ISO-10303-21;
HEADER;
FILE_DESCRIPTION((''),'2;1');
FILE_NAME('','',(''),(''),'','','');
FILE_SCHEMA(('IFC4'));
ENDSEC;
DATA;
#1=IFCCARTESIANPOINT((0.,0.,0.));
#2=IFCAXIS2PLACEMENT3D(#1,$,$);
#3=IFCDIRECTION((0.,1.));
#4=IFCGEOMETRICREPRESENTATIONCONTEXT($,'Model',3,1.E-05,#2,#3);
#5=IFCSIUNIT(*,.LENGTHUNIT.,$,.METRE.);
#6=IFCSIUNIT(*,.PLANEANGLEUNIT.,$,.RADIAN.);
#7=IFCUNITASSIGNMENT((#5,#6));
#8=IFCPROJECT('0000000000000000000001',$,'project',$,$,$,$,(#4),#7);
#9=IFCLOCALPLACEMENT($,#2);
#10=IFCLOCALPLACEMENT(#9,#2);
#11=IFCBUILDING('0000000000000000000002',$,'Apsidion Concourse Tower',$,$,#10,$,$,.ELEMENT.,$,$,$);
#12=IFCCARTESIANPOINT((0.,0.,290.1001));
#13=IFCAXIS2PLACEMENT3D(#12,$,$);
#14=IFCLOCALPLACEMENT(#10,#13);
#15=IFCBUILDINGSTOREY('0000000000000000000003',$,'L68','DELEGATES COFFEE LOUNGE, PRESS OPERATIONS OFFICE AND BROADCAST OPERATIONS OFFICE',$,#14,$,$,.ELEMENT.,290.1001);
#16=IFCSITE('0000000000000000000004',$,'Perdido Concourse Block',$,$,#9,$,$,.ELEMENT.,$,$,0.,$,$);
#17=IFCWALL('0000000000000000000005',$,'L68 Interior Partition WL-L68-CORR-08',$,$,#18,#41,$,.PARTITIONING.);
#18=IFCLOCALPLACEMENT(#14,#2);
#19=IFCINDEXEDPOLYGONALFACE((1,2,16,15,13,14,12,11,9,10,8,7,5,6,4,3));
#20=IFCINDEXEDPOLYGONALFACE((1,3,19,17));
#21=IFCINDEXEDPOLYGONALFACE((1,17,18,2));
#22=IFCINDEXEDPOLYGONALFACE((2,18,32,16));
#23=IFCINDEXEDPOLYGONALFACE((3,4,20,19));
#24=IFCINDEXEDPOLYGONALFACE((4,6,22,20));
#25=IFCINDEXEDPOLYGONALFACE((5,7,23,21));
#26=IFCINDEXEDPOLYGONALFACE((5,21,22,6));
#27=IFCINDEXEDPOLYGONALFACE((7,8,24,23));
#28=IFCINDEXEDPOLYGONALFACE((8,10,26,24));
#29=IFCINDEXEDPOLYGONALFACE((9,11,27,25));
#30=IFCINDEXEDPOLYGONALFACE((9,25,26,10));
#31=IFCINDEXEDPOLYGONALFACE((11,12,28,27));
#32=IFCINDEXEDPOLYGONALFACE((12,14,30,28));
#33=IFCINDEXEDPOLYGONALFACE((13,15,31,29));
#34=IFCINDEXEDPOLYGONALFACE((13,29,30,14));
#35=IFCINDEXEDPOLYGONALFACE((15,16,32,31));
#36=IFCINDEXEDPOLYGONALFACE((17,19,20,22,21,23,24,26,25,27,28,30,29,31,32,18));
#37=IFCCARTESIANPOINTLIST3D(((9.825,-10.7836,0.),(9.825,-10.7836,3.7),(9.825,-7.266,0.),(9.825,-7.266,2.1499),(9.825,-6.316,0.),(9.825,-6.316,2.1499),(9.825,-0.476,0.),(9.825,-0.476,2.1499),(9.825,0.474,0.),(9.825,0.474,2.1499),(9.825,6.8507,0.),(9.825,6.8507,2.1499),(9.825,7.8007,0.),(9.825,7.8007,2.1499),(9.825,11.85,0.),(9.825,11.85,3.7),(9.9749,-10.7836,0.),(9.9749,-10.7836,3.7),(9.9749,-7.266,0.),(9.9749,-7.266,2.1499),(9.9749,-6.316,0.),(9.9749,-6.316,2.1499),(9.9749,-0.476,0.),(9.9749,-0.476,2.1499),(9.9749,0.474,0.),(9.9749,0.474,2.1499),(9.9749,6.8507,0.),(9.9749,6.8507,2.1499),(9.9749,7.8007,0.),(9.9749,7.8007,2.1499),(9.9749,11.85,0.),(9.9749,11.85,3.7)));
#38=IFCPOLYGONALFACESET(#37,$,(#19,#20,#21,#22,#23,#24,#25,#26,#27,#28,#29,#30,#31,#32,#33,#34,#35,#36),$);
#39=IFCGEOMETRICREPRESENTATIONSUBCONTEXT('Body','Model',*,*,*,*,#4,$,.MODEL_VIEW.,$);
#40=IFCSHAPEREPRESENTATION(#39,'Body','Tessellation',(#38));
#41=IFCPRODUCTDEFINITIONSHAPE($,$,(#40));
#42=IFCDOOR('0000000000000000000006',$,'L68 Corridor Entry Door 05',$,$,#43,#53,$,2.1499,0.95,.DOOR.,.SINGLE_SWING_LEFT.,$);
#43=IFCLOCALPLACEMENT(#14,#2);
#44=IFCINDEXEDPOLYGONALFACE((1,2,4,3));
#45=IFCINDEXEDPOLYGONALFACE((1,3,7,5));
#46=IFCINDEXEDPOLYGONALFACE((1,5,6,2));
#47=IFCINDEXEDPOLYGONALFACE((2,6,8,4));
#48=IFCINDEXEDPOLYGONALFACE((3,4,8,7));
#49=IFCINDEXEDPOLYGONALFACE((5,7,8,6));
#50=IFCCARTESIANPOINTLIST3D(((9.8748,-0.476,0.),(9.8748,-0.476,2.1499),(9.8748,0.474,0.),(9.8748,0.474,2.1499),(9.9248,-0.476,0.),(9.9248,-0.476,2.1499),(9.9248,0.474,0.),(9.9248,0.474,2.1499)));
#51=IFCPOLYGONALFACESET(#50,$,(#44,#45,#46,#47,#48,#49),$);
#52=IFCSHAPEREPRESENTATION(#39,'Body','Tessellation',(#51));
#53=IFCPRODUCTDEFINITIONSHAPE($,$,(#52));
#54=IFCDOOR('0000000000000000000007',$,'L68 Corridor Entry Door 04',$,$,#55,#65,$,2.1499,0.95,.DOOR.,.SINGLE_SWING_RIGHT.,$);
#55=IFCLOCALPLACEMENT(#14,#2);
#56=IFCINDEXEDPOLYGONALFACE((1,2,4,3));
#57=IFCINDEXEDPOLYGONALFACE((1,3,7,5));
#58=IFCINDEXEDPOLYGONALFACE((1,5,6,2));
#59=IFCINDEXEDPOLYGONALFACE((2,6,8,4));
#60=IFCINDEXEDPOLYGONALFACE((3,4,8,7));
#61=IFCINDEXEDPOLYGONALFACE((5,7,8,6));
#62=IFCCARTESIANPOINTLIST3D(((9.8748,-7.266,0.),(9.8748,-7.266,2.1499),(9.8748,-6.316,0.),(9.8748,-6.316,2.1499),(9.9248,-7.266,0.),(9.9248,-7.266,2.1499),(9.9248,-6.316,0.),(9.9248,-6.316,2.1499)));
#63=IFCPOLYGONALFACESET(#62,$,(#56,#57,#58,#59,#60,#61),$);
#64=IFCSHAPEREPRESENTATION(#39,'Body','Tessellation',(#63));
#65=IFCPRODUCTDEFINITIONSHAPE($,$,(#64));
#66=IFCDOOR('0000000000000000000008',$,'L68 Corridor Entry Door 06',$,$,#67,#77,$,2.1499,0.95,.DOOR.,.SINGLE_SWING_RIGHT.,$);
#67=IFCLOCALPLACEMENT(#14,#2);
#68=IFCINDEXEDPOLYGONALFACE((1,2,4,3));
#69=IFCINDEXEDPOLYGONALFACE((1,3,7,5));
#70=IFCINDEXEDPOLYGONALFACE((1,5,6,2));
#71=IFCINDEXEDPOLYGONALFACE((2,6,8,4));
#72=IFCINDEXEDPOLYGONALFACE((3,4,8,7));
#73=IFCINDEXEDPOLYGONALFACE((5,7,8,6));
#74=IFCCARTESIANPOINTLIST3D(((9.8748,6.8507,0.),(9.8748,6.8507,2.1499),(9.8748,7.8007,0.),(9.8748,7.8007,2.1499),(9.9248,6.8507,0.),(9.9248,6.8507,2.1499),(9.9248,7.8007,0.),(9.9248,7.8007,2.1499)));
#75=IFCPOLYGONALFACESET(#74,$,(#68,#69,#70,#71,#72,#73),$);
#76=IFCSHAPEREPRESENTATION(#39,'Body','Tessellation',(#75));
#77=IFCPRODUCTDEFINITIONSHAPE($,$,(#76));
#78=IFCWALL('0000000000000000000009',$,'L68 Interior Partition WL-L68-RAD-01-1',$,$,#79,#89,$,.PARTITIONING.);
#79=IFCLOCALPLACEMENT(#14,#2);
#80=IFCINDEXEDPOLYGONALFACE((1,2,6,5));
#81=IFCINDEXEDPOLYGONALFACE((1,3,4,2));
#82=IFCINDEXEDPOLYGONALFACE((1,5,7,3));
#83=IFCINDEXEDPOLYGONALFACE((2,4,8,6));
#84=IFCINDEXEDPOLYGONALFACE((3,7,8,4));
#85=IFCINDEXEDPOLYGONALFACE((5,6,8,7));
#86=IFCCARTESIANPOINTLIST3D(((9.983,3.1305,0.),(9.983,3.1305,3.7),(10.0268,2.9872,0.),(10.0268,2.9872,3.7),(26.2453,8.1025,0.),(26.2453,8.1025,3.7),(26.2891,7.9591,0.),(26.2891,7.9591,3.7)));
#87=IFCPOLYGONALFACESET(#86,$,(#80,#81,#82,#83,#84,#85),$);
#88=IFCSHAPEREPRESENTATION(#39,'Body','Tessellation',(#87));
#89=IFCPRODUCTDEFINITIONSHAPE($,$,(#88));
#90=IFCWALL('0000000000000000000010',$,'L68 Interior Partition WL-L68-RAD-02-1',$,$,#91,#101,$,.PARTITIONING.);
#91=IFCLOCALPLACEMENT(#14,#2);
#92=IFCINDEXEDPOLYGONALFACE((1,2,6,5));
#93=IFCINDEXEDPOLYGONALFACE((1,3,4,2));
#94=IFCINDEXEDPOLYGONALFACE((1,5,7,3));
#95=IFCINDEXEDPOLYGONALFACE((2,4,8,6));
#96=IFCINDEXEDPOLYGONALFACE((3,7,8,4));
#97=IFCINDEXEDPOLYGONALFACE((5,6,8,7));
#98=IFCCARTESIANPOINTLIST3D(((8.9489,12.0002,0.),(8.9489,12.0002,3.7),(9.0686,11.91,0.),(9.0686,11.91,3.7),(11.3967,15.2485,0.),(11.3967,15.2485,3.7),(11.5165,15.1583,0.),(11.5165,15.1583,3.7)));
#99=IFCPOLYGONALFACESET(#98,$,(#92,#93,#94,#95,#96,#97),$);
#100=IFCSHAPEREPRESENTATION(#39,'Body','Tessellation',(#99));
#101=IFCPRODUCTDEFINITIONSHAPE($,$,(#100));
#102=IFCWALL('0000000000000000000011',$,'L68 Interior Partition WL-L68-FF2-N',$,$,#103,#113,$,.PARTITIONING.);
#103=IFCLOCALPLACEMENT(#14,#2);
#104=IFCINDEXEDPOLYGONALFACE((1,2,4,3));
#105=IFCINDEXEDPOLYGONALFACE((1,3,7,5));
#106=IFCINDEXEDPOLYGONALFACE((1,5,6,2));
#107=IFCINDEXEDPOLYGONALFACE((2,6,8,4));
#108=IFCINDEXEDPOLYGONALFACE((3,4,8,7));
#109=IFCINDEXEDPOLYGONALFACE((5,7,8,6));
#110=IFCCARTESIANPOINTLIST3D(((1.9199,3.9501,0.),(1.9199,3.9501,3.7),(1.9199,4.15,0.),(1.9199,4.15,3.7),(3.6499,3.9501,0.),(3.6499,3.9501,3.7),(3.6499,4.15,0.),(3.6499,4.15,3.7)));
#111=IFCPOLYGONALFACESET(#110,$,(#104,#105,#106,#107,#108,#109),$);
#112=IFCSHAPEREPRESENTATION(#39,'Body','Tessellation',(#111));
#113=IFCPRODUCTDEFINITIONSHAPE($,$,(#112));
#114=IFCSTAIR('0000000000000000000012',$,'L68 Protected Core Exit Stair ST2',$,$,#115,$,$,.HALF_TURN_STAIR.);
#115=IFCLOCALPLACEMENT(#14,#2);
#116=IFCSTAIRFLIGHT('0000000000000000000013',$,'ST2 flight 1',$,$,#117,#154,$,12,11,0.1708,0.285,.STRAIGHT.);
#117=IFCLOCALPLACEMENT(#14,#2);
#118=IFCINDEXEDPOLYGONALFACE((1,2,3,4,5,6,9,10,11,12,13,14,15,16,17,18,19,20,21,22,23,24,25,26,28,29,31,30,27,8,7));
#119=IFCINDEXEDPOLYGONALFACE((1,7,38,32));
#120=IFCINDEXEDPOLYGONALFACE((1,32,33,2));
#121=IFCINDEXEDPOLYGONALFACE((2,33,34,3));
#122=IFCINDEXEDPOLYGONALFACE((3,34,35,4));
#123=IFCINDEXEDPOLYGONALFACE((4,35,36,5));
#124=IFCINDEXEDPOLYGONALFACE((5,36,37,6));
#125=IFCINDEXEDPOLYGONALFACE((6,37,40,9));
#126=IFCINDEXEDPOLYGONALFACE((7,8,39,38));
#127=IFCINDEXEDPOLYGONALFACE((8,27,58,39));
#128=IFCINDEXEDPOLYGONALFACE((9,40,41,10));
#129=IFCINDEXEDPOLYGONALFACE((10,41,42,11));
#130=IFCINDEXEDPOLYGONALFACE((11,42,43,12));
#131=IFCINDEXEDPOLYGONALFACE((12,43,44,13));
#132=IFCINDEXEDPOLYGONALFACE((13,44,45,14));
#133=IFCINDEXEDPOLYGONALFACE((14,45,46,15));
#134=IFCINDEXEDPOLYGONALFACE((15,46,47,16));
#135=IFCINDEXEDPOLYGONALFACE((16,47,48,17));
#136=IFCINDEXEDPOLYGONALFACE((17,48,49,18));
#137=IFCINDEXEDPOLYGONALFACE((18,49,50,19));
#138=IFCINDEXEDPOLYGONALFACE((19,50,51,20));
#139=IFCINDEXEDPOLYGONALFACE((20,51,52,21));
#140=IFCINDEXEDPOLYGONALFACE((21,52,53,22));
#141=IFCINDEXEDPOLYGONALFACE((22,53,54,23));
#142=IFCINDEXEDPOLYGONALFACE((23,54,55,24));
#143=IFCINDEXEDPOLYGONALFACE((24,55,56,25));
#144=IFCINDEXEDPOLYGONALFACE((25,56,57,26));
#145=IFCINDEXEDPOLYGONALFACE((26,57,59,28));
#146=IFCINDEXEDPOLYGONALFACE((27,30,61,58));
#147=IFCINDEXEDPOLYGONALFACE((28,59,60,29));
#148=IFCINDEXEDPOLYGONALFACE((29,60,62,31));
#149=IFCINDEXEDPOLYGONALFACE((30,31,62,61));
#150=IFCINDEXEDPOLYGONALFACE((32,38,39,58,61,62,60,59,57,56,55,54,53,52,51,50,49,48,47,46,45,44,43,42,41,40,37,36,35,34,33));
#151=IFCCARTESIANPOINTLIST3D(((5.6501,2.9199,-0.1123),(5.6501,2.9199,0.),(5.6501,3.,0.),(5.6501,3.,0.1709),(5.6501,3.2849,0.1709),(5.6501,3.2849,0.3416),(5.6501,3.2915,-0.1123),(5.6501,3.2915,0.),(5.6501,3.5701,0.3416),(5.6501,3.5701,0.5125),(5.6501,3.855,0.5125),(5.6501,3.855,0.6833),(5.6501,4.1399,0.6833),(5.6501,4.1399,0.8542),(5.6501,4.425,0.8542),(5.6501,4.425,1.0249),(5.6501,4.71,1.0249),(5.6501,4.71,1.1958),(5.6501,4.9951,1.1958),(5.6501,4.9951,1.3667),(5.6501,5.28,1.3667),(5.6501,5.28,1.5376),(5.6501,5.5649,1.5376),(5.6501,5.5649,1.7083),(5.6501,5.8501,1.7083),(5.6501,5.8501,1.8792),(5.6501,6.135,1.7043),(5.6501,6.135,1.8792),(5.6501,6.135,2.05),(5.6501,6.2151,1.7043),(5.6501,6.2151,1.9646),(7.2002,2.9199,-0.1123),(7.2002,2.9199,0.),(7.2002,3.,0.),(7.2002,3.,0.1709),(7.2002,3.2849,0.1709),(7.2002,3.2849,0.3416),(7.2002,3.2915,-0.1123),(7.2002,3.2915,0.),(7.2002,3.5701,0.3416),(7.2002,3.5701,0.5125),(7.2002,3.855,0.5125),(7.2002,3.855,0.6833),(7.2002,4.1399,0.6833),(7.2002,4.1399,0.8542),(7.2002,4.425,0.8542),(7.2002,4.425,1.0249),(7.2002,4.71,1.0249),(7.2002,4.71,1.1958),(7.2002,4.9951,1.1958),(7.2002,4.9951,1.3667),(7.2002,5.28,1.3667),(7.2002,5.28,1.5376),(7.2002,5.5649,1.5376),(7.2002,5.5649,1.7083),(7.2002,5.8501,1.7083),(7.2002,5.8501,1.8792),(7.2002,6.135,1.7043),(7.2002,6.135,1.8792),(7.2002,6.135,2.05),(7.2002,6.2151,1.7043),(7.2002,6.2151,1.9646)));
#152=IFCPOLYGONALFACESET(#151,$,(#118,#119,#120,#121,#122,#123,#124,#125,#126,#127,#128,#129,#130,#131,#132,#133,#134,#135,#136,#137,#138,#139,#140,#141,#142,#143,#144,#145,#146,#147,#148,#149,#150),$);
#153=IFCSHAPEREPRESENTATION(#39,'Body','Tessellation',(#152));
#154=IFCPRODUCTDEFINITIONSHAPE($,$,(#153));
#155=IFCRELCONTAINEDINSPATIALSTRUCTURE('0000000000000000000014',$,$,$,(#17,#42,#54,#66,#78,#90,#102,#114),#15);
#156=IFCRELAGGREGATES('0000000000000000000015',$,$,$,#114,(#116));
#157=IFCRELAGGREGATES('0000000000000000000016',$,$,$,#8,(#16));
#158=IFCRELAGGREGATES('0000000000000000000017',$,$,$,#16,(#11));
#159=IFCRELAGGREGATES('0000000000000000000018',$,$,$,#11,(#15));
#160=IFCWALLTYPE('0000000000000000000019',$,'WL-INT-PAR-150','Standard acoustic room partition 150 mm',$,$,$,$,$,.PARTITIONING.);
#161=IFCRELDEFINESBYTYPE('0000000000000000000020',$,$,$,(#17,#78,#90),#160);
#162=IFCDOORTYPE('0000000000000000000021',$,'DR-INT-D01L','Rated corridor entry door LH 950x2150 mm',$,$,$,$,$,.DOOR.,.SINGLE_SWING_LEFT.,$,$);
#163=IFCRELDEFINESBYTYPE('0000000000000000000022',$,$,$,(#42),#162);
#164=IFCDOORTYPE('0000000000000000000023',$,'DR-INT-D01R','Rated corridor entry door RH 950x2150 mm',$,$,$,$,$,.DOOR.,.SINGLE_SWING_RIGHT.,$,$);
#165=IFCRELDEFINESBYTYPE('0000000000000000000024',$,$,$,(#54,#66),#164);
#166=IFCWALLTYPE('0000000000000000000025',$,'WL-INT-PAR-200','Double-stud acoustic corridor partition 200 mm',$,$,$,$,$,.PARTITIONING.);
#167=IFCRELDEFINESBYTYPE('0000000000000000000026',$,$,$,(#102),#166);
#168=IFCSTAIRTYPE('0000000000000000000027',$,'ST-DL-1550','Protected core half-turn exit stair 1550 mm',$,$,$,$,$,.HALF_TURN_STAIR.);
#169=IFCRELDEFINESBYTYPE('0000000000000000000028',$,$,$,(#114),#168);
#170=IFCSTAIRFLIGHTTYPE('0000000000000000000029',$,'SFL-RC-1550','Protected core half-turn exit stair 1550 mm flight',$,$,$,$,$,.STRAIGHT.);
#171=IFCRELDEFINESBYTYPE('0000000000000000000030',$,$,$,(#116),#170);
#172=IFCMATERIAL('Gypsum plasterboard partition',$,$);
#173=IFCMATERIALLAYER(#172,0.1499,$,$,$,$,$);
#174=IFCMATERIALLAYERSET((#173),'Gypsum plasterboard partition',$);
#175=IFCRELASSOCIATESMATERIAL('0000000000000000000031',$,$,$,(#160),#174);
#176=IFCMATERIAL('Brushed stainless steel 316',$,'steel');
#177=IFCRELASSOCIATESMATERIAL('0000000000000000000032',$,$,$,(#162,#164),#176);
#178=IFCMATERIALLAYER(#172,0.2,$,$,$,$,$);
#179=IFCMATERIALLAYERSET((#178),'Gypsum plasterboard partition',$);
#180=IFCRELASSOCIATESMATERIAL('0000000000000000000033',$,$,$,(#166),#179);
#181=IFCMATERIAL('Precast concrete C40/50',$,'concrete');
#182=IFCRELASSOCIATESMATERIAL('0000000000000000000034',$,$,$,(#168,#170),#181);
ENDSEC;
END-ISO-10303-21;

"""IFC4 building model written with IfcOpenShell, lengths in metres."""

from ifc_helpers import new_model, si_unit, direction, frame, frame_2d, origin, place, context, subcontext, project, spatial, polyline, rectangle, outline, extrude, material, layer, layer_set, type_object, element, fill, aggregate, save


model = new_model("IFC4")

# Units and contexts
model_context = context("Model", 3, precision=1e-05, world=origin(), true_north=direction((0.0, 1.0)))
body_context = subcontext(model_context, "Body", "Model", "MODEL_VIEW")
ifc_project = project(units=[si_unit("LENGTHUNIT", "METRE"), si_unit("PLANEANGLEUNIT", "RADIAN")], contexts=[model_context])

# Site, building, storey
site_placement = place(None, origin())
site = spatial("IfcSite", under=ifc_project, at=site_placement, Name="Perdido Concourse Block", CompositionType="ELEMENT", RefElevation=0.0)
building_placement = place(site_placement, origin())
building = spatial("IfcBuilding", under=site, at=building_placement, Name="Apsidion Concourse Tower", CompositionType="ELEMENT")
storey_placement = place(building_placement, frame((0.0, 0.0, 290.1001)))
storey = spatial("IfcBuildingStorey", under=building, at=storey_placement, Name="L68", Description="DELEGATES COFFEE LOUNGE, PRESS OPERATIONS OFFICE AND BROADCAST OPERATIONS OFFICE", CompositionType="ELEMENT", Elevation=290.1001)

# Wall, openings, doors
ifc_material_1 = material(Name="Gypsum plasterboard partition")
ifc_layer_1 = layer(ifc_material_1, 0.1499)
ifc_layer_set_1 = layer_set([ifc_layer_1], Name="Gypsum plasterboard partition")
wall_type_1 = type_object("IfcWallType", Name="WL-INT-PAR-150", Description="Standard acoustic room partition 150 mm", PredefinedType="PARTITIONING", material=ifc_layer_set_1)
wall_1_placement = place(storey_placement, frame((9.8999, 11.8501, 0.0), z_axis=(0.0, 0.0, 1.0), x_axis=(0.0, -1.0, 0.0)))
wall_1 = element("IfcWall", 1, at=wall_1_placement, inside=storey, type_object=wall_type_1, Name="L68 Interior Partition WL-L68-CORR-08", PredefinedType="PARTITIONING", context=body_context, shape_type="SweptSolid", body=[
    extrude(rectangle(XDim=22.6335, YDim=0.1499, at=frame_2d((11.3169, 0.0))), origin(), (0.0, 0.0, 1.0), 3.7),
])
opening_1_placement = place(wall_1_placement, frame((18.166, 0.0, 0.0)))
opening_1 = element("IfcOpeningElement", 2, at=opening_1_placement, cuts=wall_1, PredefinedType="OPENING", context=body_context, shape_type="SweptSolid", body=[
    extrude(rectangle(XDim=0.95, YDim=2.1499, at=frame_2d((0.4751, 1.075))), frame((0.0, 0.085, 0.0), z_axis=(0.0, -1.0, 0.0), x_axis=(1.0, 0.0, 0.0)), (0.0, 0.0, 1.0), 0.1699),
])
opening_2_placement = place(wall_1_placement, frame((11.376, 0.0, 0.0)))
opening_2 = element("IfcOpeningElement", 3, at=opening_2_placement, cuts=wall_1, PredefinedType="OPENING", context=body_context, shape_type="SweptSolid", body=[
    extrude(rectangle(XDim=0.95, YDim=2.1499, at=frame_2d((0.4751, 1.075))), frame((0.0, 0.085, 0.0), z_axis=(0.0, -1.0, 0.0), x_axis=(1.0, 0.0, 0.0)), (0.0, 0.0, 1.0), 0.1699),
])
opening_3_placement = place(wall_1_placement, frame((4.0493, 0.0, 0.0)))
opening_3 = element("IfcOpeningElement", 4, at=opening_3_placement, cuts=wall_1, PredefinedType="OPENING", context=body_context, shape_type="SweptSolid", body=[
    extrude(rectangle(XDim=0.95, YDim=2.1499, at=frame_2d((0.4751, 1.075))), frame((0.0, 0.085, 0.0), z_axis=(0.0, -1.0, 0.0), x_axis=(1.0, 0.0, 0.0)), (0.0, 0.0, 1.0), 0.1699),
])
ifc_material_2 = material(Name="Brushed stainless steel 316", Category="steel")
door_type_1 = type_object("IfcDoorType", Name="DR-INT-D01L", Description="Rated corridor entry door LH 950x2150 mm", OperationType="SINGLE_SWING_LEFT", PredefinedType="DOOR", material=ifc_material_2)
door_1_placement = place(opening_2_placement, origin())
door_1 = element("IfcDoor", 5, at=door_1_placement, inside=storey, type_object=door_type_1, Name="L68 Corridor Entry Door 05", OperationType="SINGLE_SWING_LEFT", OverallHeight=2.1499, OverallWidth=0.95, PredefinedType="DOOR", context=body_context, shape_type="SweptSolid", body=[
    extrude(rectangle(XDim=0.95, YDim=2.1499, at=frame_2d((0.4751, 1.075))), frame((0.0, 0.0249, 0.0), z_axis=(0.0, -1.0, 0.0), x_axis=(1.0, 0.0, 0.0)), (0.0, 0.0, 1.0), 0.05),
])
fill(opening_2, door_1)
door_type_2 = type_object("IfcDoorType", Name="DR-INT-D01R", Description="Rated corridor entry door RH 950x2150 mm", OperationType="SINGLE_SWING_RIGHT", PredefinedType="DOOR", material=ifc_material_2)
door_2_placement = place(opening_1_placement, origin())
door_2 = element("IfcDoor", 6, at=door_2_placement, inside=storey, type_object=door_type_2, Name="L68 Corridor Entry Door 04", OperationType="SINGLE_SWING_RIGHT", OverallHeight=2.1499, OverallWidth=0.95, PredefinedType="DOOR", context=body_context, shape_type="SweptSolid", body=[
    extrude(rectangle(XDim=0.95, YDim=2.1499, at=frame_2d((0.4751, 1.075))), frame((0.0, 0.0249, 0.0), z_axis=(0.0, -1.0, 0.0), x_axis=(1.0, 0.0, 0.0)), (0.0, 0.0, 1.0), 0.05),
])
fill(opening_1, door_2)
door_3_placement = place(opening_3_placement, origin())
door_3 = element("IfcDoor", 7, at=door_3_placement, inside=storey, type_object=door_type_2, Name="L68 Corridor Entry Door 06", OperationType="SINGLE_SWING_RIGHT", OverallHeight=2.1499, OverallWidth=0.95, PredefinedType="DOOR", context=body_context, shape_type="SweptSolid", body=[
    extrude(rectangle(XDim=0.95, YDim=2.1499, at=frame_2d((0.4751, 1.075))), frame((0.0, 0.0249, 0.0), z_axis=(0.0, -1.0, 0.0), x_axis=(1.0, 0.0, 0.0)), (0.0, 0.0, 1.0), 0.05),
])
fill(opening_3, door_3)

# Walls
wall_2_placement = place(storey_placement, frame((10.0049, 3.0588, 0.0), z_axis=(0.0, 0.0, 1.0), x_axis=(0.956304, 0.292375, 0.0)))
element("IfcWall", 8, at=wall_2_placement, inside=storey, type_object=wall_type_1, Name="L68 Interior Partition WL-L68-RAD-01-1", PredefinedType="PARTITIONING", context=body_context, shape_type="SweptSolid", body=[
    extrude(rectangle(XDim=17.0054, YDim=0.1499, at=frame_2d((8.5027, 0.0))), origin(), (0.0, 0.0, 1.0), 3.7),
])
wall_3_placement = place(storey_placement, frame((9.0088, 11.9551, 0.0), z_axis=(0.0, 0.0, 1.0), x_axis=(0.601814, 0.798637, 0.0)))
element("IfcWall", 9, at=wall_3_placement, inside=storey, type_object=wall_type_1, Name="L68 Interior Partition WL-L68-RAD-02-1", PredefinedType="PARTITIONING", context=body_context, shape_type="SweptSolid", body=[
    extrude(rectangle(XDim=4.0674, YDim=0.1499, at=frame_2d((2.0337, 0.0))), origin(), (0.0, 0.0, 1.0), 3.7),
])
ifc_layer_2 = layer(ifc_material_1, 0.2)
ifc_layer_set_2 = layer_set([ifc_layer_2], Name="Gypsum plasterboard partition")
wall_type_2 = type_object("IfcWallType", Name="WL-INT-PAR-200", Description="Double-stud acoustic corridor partition 200 mm", PredefinedType="PARTITIONING", material=ifc_layer_set_2)
wall_4_placement = place(storey_placement, frame((1.9199, 4.05, 0.0), z_axis=(0.0, 0.0, 1.0), x_axis=(1.0, 0.0, 0.0)))
element("IfcWall", 10, at=wall_4_placement, inside=storey, type_object=wall_type_2, Name="L68 Interior Partition WL-L68-FF2-N", PredefinedType="PARTITIONING", context=body_context, shape_type="SweptSolid", body=[
    extrude(rectangle(XDim=1.73, YDim=0.2, at=frame_2d((0.865, 0.0))), origin(), (0.0, 0.0, 1.0), 3.7),
])

# Stair, stair flight
ifc_material_3 = material(Name="Precast concrete C40/50", Category="concrete")
stair_type = type_object("IfcStairType", Name="ST-DL-1550", Description="Protected core half-turn exit stair 1550 mm", PredefinedType="HALF_TURN_STAIR", material=ifc_material_3)
stair_1_placement = place(storey_placement, origin())
stair_1 = element("IfcStair", 11, at=stair_1_placement, inside=storey, type_object=stair_type, Name="L68 Protected Core Exit Stair ST2", PredefinedType="HALF_TURN_STAIR")
stair_flight_type = type_object("IfcStairFlightType", Name="SFL-RC-1550", Description="Protected core half-turn exit stair 1550 mm flight", PredefinedType="STRAIGHT", material=ifc_material_3)
stair_flight_1_placement = place(storey_placement, frame((6.425, 3.0, 0.0), z_axis=(0.0, 0.0, 1.0), x_axis=(0.0, 1.0, 0.0)))
stair_flight_1 = element("IfcStairFlight", 12, at=stair_flight_1_placement, type_object=stair_flight_type, Name="ST2 flight 1", NumberOfRisers=12, NumberOfTreads=11, PredefinedType="STRAIGHT", RiserHeight=0.1708, TreadLength=0.285, context=body_context, shape_type="SweptSolid", body=[
    extrude(outline(polyline([(-0.0801, -0.1123), (-0.0801, 0.0), (0.0, 0.0), (0.0, 0.1709), (0.2849, 0.1709), (0.2849, 0.3416), (0.5701, 0.3416), (0.5701, 0.5125), (0.855, 0.5125), (0.855, 0.6833), (1.1399, 0.6833), (1.1399, 0.8542), (1.425, 0.8542), (1.425, 1.0249), (1.71, 1.0249), (1.71, 1.1958), (1.9951, 1.1958), (1.9951, 1.3667), (2.28, 1.3667), (2.28, 1.5376), (2.5649, 1.5376), (2.5649, 1.7083), (2.8501, 1.7083), (2.8501, 1.8792), (3.135, 1.8792), (3.135, 2.05), (3.2151, 1.9646), (3.2151, 1.7043), (3.135, 1.7043), (0.2915, 0.0), (0.2915, -0.1123), (-0.0801, -0.1123)])), frame((0.0, 0.7749, 0.0), z_axis=(0.0, -1.0, 0.0), x_axis=(1.0, 0.0, 0.0)), (0.0, 0.0, 1.0), 1.55),
])
aggregate(stair_1, [stair_flight_1])

save(model, "model.ifc")
